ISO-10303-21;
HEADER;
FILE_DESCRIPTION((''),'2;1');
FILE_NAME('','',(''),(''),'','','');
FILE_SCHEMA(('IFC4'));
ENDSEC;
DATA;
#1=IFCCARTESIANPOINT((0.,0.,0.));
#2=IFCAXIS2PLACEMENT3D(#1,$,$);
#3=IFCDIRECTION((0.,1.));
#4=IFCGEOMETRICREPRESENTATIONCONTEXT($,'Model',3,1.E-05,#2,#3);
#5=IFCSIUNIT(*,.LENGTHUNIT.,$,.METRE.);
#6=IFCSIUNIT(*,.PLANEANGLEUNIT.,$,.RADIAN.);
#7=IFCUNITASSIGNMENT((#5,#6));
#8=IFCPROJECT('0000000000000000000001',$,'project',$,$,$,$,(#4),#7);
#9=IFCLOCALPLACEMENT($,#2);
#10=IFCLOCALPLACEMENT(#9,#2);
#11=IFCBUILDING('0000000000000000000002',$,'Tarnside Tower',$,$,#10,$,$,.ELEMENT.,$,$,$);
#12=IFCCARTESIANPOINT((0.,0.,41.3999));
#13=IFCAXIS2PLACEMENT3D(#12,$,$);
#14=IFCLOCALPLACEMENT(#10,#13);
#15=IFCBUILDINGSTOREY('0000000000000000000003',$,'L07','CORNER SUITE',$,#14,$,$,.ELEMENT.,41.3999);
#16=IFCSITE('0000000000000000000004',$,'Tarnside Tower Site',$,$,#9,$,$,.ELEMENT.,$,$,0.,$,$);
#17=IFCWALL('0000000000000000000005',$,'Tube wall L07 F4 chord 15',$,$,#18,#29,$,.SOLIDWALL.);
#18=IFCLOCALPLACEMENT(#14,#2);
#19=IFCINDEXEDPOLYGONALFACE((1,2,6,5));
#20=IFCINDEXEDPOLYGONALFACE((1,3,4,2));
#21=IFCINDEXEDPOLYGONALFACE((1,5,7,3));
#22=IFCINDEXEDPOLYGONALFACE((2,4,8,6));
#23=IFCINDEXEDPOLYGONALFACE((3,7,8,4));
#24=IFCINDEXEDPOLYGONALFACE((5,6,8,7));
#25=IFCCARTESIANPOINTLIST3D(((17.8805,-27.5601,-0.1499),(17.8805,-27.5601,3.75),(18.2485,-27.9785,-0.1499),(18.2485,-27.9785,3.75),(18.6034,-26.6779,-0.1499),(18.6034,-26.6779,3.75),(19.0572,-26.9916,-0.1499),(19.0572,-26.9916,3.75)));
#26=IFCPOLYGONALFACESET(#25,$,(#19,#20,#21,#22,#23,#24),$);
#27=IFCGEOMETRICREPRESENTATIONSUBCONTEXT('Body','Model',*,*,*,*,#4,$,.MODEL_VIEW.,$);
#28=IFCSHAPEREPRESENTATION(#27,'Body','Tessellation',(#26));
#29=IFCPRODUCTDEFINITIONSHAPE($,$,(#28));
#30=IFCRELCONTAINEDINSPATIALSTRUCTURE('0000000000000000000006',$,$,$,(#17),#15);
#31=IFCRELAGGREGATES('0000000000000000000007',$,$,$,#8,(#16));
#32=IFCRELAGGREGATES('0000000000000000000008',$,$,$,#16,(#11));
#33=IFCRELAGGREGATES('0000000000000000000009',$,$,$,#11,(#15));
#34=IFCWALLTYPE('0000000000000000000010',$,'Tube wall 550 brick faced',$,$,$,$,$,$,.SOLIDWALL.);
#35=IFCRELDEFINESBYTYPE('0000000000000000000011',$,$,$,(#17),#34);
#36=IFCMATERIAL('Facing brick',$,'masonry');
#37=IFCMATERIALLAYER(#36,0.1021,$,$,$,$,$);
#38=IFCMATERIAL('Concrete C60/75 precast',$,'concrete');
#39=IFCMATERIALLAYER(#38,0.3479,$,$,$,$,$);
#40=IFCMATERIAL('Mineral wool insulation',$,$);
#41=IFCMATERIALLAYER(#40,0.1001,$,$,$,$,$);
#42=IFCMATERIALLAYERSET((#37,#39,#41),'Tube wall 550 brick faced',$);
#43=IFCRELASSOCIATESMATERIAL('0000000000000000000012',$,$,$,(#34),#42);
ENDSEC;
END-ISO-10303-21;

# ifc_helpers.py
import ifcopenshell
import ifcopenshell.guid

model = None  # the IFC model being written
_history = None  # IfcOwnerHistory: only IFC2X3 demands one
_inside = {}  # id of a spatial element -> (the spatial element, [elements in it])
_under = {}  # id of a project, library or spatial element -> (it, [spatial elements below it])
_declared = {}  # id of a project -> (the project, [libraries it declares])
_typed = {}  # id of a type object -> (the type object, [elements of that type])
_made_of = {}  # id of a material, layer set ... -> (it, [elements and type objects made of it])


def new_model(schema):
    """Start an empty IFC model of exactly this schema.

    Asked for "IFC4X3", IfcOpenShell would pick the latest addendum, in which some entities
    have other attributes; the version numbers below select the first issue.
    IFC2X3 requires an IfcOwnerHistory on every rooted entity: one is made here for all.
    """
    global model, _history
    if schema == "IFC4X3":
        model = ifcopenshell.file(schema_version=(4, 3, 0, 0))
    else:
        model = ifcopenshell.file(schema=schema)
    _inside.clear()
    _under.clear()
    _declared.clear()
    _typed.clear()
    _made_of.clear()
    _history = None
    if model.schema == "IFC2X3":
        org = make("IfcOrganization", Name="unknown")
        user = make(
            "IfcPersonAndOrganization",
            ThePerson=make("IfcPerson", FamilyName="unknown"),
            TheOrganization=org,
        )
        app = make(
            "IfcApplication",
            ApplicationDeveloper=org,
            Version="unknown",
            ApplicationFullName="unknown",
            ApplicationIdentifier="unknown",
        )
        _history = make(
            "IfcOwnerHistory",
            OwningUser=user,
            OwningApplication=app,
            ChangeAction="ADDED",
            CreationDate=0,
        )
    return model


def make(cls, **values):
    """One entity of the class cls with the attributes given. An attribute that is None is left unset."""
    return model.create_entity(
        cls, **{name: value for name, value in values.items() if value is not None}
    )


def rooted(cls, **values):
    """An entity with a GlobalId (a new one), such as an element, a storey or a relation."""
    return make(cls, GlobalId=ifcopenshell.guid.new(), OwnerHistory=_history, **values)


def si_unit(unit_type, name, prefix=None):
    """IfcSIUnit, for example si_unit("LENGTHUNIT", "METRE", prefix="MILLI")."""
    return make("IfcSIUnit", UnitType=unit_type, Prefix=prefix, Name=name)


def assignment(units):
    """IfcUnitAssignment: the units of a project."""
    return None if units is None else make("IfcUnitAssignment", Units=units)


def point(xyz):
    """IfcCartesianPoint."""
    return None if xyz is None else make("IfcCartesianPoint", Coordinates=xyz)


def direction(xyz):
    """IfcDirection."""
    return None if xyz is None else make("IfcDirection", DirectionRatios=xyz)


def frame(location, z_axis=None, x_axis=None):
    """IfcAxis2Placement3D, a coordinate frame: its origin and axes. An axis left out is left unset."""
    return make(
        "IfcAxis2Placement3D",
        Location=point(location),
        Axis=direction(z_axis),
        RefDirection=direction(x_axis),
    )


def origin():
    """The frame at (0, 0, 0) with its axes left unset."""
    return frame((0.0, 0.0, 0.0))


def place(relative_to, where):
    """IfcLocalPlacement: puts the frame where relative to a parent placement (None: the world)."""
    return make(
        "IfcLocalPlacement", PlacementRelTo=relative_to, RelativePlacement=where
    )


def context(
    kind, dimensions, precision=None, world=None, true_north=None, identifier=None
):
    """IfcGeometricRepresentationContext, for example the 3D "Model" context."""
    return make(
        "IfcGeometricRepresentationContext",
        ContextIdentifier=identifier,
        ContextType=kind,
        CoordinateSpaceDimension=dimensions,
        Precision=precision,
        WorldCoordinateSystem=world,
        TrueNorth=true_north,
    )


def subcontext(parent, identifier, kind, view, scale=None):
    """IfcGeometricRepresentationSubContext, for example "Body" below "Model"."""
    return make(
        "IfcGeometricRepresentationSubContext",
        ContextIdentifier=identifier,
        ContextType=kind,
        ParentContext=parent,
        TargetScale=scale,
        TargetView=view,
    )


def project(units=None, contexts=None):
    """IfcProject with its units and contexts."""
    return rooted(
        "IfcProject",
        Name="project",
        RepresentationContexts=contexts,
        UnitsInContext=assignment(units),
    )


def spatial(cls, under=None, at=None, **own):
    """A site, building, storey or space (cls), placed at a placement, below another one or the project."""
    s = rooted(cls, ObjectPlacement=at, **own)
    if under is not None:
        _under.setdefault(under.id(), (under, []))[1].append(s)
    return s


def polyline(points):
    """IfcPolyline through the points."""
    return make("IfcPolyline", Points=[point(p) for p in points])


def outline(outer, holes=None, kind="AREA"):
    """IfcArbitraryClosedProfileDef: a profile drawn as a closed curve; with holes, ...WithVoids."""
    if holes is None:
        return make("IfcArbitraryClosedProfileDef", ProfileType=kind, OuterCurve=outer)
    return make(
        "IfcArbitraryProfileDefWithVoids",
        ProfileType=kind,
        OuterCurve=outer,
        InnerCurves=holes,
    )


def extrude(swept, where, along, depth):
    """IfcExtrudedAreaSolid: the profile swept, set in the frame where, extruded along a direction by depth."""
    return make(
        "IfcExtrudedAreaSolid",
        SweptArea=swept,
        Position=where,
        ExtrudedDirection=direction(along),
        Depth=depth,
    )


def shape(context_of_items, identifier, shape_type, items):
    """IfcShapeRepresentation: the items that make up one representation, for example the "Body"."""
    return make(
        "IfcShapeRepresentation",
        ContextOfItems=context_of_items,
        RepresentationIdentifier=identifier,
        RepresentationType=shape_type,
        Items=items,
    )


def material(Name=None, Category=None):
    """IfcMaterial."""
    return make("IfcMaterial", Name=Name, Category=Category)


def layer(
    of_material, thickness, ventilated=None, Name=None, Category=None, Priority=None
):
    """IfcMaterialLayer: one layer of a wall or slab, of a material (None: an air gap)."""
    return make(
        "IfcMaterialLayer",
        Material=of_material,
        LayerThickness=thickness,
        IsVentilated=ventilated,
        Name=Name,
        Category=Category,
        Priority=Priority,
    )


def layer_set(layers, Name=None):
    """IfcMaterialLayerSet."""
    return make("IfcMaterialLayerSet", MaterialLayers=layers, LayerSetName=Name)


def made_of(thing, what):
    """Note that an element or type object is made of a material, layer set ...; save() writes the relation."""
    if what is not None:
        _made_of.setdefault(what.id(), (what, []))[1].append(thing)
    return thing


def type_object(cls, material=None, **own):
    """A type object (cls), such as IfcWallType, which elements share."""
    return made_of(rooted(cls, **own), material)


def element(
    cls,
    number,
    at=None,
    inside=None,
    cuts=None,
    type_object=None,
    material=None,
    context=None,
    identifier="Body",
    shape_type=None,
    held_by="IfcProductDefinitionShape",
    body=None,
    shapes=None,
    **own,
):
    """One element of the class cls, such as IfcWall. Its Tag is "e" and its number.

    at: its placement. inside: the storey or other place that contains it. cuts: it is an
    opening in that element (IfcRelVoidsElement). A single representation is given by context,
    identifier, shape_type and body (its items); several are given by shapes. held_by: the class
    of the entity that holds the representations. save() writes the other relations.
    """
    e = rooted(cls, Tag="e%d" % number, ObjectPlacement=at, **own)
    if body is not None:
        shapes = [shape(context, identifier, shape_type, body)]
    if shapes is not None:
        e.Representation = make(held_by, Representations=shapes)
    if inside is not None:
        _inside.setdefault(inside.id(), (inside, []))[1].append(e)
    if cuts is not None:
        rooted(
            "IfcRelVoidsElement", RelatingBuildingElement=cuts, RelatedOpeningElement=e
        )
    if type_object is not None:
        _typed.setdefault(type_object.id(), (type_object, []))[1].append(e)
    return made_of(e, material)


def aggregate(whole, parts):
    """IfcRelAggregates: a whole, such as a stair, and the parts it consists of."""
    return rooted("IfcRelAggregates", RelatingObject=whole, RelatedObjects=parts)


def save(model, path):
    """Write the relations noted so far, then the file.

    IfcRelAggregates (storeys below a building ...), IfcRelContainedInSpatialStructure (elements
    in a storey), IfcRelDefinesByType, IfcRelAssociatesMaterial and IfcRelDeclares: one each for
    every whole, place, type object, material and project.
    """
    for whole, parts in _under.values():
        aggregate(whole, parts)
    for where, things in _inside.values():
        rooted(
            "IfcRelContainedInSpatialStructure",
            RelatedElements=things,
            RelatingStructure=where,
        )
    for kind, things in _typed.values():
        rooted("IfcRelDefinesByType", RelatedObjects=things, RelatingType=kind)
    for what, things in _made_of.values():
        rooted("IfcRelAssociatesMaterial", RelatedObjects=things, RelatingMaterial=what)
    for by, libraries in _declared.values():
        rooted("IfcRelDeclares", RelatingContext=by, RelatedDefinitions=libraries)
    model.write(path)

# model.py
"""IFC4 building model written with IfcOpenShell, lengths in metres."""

from ifc_helpers import new_model, si_unit, direction, frame, origin, place, context, subcontext, project, spatial, polyline, outline, extrude, material, layer, layer_set, type_object, element, save


model = new_model("IFC4")

# Units and contexts
model_context = context("Model", 3, precision=1e-05, world=origin(), true_north=direction((0.0, 1.0)))
body_context = subcontext(model_context, "Body", "Model", "MODEL_VIEW")
ifc_project = project(units=[si_unit("LENGTHUNIT", "METRE"), si_unit("PLANEANGLEUNIT", "RADIAN")], contexts=[model_context])

# Site, building, storey
site_placement = place(None, origin())
site = spatial("IfcSite", under=ifc_project, at=site_placement, Name="Tarnside Tower Site", CompositionType="ELEMENT", RefElevation=0.0)
building_placement = place(site_placement, origin())
building = spatial("IfcBuilding", under=site, at=building_placement, Name="Tarnside Tower", CompositionType="ELEMENT")
storey_placement = place(building_placement, frame((0.0, 0.0, 41.3999)))
storey = spatial("IfcBuildingStorey", under=building, at=storey_placement, Name="L07", Description="CORNER SUITE", CompositionType="ELEMENT", Elevation=41.3999)

# Wall
ifc_material_1 = material(Name="Facing brick", Category="masonry")
ifc_layer_1 = layer(ifc_material_1, 0.1021)
ifc_material_2 = material(Name="Concrete C60/75 precast", Category="concrete")
ifc_layer_2 = layer(ifc_material_2, 0.3479)
ifc_material_3 = material(Name="Mineral wool insulation")
ifc_layer_3 = layer(ifc_material_3, 0.1001)
ifc_layer_set_1 = layer_set([ifc_layer_1, ifc_layer_2, ifc_layer_3], Name="Tube wall 550 brick faced")
wall_type_1 = type_object("IfcWallType", Name="Tube wall 550 brick faced", PredefinedType="SOLIDWALL", material=ifc_layer_set_1)
wall_1_placement = place(storey_placement, frame((18.0645, -27.7693, -0.1499), z_axis=(0.0, 0.0, 1.0), x_axis=(0.633843, 0.773462, 0.0)))
element("IfcWall", 1, at=wall_1_placement, inside=storey, type_object=wall_type_1, Name="Tube wall L07 F4 chord 15", PredefinedType="SOLIDWALL", context=body_context, shape_type="SweptSolid", body=[
    extrude(outline(polyline([(-0.0452, -0.2749), (1.2307, -0.2749), (1.1858, 0.2749), (0.0452, 0.2749), (-0.0452, -0.2749)])), origin(), (0.0, 0.0, 1.0), 3.8999),
])

save(model, "model.ifc")
